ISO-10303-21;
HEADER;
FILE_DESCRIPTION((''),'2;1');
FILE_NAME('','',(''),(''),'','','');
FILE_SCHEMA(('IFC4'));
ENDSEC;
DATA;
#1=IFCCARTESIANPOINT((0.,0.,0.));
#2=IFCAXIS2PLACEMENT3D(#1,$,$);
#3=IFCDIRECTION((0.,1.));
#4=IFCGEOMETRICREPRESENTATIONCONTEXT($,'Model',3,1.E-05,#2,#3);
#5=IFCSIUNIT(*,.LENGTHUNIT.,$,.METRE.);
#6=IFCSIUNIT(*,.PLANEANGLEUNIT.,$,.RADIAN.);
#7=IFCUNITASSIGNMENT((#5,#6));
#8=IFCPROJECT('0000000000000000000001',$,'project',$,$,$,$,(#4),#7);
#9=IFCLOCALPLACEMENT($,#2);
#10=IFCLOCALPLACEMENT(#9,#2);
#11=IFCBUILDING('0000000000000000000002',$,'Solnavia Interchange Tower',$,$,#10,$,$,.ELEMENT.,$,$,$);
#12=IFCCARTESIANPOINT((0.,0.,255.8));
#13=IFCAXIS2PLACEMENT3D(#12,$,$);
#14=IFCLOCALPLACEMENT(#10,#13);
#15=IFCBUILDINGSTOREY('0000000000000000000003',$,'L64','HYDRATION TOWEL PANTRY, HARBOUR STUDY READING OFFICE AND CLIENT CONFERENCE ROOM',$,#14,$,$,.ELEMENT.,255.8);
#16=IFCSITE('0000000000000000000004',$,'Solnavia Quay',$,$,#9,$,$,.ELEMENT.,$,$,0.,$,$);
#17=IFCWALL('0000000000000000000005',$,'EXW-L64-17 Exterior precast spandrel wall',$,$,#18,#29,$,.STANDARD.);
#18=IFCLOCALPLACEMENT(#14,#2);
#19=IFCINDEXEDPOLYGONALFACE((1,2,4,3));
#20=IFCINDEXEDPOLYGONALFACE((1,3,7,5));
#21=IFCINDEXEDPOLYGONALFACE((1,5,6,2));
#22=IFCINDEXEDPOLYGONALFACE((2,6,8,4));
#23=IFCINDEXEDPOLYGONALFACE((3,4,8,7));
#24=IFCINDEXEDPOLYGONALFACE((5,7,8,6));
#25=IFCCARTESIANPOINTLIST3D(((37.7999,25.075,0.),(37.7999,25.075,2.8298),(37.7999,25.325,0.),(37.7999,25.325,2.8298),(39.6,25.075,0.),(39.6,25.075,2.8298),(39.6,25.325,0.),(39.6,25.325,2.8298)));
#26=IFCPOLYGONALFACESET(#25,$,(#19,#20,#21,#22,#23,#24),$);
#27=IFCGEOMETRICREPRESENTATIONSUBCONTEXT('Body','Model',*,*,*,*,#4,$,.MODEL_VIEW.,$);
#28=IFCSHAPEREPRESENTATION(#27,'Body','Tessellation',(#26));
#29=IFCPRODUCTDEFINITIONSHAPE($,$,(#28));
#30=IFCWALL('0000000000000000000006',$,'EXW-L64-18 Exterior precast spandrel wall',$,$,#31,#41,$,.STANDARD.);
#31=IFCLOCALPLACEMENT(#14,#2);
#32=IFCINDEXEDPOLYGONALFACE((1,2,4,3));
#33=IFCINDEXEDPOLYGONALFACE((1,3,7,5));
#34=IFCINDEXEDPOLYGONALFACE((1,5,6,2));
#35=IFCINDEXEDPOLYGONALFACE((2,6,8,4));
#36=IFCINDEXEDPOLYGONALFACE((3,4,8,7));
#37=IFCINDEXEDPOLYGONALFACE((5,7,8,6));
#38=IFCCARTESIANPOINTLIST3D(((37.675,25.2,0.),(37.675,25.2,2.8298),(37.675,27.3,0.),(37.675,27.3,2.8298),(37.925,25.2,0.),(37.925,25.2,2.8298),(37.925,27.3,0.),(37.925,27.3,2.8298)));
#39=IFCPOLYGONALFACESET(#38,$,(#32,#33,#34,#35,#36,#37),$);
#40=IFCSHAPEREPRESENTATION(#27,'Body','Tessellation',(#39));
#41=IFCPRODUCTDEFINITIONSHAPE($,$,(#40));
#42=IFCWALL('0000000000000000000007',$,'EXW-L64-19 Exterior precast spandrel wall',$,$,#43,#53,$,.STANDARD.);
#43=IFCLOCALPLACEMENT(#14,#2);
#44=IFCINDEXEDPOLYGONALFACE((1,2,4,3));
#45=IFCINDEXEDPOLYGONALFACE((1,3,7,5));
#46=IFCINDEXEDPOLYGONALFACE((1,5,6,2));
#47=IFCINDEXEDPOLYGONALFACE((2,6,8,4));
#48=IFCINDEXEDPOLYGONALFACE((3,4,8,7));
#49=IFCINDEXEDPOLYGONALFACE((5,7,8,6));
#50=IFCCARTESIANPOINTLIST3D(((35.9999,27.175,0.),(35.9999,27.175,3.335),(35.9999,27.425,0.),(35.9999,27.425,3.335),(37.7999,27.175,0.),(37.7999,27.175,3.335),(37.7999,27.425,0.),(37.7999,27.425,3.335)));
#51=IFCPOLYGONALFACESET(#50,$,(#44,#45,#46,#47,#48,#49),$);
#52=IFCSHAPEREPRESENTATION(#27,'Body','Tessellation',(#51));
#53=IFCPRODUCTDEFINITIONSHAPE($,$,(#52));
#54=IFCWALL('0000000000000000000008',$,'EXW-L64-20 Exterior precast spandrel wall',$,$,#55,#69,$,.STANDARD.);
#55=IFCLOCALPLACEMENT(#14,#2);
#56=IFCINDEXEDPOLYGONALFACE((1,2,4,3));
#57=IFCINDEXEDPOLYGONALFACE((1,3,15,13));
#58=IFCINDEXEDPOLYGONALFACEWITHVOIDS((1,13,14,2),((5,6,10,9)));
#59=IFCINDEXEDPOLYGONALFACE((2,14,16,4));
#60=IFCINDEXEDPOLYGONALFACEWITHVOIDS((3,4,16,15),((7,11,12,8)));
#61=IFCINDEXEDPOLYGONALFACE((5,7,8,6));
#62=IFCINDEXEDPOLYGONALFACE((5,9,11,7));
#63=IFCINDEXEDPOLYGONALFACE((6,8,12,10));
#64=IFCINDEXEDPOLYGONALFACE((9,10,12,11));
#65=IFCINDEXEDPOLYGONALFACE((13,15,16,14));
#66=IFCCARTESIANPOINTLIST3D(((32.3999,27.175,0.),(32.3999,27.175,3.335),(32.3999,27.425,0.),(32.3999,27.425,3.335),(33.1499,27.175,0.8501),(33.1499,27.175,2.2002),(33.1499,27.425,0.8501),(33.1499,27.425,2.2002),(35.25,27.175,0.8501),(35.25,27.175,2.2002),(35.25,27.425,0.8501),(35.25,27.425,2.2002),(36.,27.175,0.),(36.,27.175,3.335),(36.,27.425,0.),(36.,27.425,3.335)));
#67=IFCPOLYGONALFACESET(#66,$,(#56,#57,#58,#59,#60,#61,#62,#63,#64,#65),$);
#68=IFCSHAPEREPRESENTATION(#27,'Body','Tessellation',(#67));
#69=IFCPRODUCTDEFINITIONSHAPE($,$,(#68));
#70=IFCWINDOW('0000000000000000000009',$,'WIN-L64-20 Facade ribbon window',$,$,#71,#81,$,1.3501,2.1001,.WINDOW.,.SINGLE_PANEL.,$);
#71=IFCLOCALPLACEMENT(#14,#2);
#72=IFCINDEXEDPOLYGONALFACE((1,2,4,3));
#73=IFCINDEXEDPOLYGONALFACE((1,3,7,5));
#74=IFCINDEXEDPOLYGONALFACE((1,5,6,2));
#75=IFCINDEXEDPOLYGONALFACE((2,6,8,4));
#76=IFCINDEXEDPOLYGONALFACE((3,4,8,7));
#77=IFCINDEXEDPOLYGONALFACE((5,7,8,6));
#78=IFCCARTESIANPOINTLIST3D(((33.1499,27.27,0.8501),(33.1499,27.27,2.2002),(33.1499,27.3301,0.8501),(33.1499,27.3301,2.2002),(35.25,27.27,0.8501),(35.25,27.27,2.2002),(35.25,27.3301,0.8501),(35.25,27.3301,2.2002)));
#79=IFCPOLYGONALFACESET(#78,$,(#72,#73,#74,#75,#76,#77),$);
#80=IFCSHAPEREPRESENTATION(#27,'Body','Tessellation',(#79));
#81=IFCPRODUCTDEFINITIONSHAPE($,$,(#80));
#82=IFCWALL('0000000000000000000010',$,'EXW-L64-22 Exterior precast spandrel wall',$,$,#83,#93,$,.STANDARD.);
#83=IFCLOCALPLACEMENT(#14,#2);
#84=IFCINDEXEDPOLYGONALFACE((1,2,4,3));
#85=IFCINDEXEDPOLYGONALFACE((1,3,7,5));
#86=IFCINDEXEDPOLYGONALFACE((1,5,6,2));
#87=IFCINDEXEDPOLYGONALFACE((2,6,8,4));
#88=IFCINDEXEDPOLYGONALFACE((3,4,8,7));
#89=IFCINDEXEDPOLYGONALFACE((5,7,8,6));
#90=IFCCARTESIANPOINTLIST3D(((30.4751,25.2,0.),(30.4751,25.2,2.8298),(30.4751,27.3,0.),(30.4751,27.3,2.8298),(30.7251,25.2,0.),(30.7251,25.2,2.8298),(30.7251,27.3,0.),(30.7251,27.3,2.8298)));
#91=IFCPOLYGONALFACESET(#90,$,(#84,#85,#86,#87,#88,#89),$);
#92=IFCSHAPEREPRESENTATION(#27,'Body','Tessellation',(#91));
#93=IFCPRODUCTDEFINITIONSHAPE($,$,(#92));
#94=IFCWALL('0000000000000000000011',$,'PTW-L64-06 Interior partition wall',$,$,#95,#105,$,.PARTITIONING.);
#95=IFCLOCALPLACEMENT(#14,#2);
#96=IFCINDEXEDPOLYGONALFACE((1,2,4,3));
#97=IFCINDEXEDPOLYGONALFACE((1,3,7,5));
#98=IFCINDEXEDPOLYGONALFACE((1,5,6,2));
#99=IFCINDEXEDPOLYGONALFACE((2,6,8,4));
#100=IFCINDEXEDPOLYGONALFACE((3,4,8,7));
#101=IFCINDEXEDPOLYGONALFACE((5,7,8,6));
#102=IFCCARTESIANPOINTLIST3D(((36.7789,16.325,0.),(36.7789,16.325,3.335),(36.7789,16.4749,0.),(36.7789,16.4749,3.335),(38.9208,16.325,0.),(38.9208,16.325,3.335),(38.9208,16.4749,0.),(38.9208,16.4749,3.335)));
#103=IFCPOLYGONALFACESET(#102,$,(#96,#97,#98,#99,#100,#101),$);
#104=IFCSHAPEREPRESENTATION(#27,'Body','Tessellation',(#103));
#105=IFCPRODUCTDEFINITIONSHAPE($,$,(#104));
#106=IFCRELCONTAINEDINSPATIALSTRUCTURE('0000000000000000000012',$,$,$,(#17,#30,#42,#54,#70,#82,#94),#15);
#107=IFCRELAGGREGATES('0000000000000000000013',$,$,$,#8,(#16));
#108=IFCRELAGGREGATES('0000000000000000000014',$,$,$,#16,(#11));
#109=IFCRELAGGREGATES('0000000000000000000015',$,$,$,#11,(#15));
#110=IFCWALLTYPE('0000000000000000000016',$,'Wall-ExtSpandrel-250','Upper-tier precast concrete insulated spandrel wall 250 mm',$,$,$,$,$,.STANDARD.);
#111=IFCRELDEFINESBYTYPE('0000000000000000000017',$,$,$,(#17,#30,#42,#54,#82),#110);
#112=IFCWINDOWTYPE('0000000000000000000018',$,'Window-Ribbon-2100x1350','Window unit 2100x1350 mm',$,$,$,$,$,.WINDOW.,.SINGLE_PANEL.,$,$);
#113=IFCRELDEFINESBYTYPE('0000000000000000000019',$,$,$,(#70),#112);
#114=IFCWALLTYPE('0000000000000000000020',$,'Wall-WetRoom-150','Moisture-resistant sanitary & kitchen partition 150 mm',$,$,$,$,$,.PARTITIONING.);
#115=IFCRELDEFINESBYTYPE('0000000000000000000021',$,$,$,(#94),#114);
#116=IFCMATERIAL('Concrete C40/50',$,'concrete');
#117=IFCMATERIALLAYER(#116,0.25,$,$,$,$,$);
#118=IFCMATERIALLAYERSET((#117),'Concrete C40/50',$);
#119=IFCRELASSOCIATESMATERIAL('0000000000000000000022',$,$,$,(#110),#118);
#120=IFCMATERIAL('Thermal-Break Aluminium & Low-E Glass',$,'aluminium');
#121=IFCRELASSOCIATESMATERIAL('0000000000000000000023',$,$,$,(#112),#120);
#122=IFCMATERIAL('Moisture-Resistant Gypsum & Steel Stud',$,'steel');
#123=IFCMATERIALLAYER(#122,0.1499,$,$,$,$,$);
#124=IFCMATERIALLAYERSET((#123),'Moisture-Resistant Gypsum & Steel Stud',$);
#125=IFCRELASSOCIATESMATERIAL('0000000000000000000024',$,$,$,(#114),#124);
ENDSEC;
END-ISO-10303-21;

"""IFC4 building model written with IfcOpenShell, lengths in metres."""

from ifc_helpers import new_model, si_unit, direction, frame, frame_2d, origin, place, context, subcontext, project, spatial, rectangle, extrude, material, layer, layer_set, type_object, element, fill, save


model = new_model("IFC4")

# Units and contexts
model_context = context("Model", 3, precision=1e-05, world=origin(), true_north=direction((0.0, 1.0)))
body_context = subcontext(model_context, "Body", "Model", "MODEL_VIEW")
ifc_project = project(units=[si_unit("LENGTHUNIT", "METRE"), si_unit("PLANEANGLEUNIT", "RADIAN")], contexts=[model_context])

# Site, building, storey
site_placement = place(None, origin())
site = spatial("IfcSite", under=ifc_project, at=site_placement, Name="Solnavia Quay", CompositionType="ELEMENT", RefElevation=0.0)
building_placement = place(site_placement, origin())
building = spatial("IfcBuilding", under=site, at=building_placement, Name="Solnavia Interchange Tower", CompositionType="ELEMENT")
storey_placement = place(building_placement, frame((0.0, 0.0, 255.8)))
storey = spatial("IfcBuildingStorey", under=building, at=storey_placement, Name="L64", Description="HYDRATION TOWEL PANTRY, HARBOUR STUDY READING OFFICE AND CLIENT CONFERENCE ROOM", CompositionType="ELEMENT", Elevation=255.8)

# Shared definitions
ifc_material_1 = material(Name="Concrete C40/50", Category="concrete")
ifc_layer_1 = layer(ifc_material_1, 0.25)
ifc_layer_set_1 = layer_set([ifc_layer_1], Name="Concrete C40/50")
wall_type_1 = type_object("IfcWallType", Name="Wall-ExtSpandrel-250", Description="Upper-tier precast concrete insulated spandrel wall 250 mm", PredefinedType="STANDARD", material=ifc_layer_set_1)

# Shared definitions
ifc_material_2 = material(Name="Thermal-Break Aluminium & Low-E Glass", Category="aluminium")
window_type = type_object("IfcWindowType", Name="Window-Ribbon-2100x1350", Description="Window unit 2100x1350 mm", PartitioningType="SINGLE_PANEL", PredefinedType="WINDOW", material=ifc_material_2)

# Walls
for number, where, z_axis, x_axis, name in (
    (1, (37.8, 25.2, 0.0), (0.0, 0.0, 1.0), (1.0, 0.0, 0.0), "EXW-L64-17 Exterior precast spandrel wall"),
):
    element("IfcWall", number, at=place(storey_placement, frame(where, z_axis=z_axis, x_axis=x_axis)), inside=storey, type_object=wall_type_1, Name=name, PredefinedType="STANDARD", context=body_context, shape_type="SweptSolid", body=[
        extrude(rectangle(XDim=1.8, YDim=0.25, at=frame_2d((0.8999, 0.0))), origin(), (0.0, 0.0, 1.0), 2.8298),
    ])
wall_1_placement = place(storey_placement, frame((37.8, 27.3, 0.0), z_axis=(0.0, 0.0, 1.0), x_axis=(0.0, -1.0, 0.0)))
element("IfcWall", 2, at=wall_1_placement, inside=storey, type_object=wall_type_1, Name="EXW-L64-18 Exterior precast spandrel wall", PredefinedType="STANDARD", context=body_context, shape_type="SweptSolid", body=[
    extrude(rectangle(XDim=2.1001, YDim=0.25, at=frame_2d((1.05, 0.0))), origin(), (0.0, 0.0, 1.0), 2.8298),
])
wall_2_placement = place(storey_placement, frame((36.0, 27.3, 0.0), z_axis=(0.0, 0.0, 1.0), x_axis=(1.0, 0.0, 0.0)))
element("IfcWall", 3, at=wall_2_placement, inside=storey, type_object=wall_type_1, Name="EXW-L64-19 Exterior precast spandrel wall", PredefinedType="STANDARD", context=body_context, shape_type="SweptSolid", body=[
    extrude(rectangle(XDim=1.8, YDim=0.25, at=frame_2d((0.8999, 0.0))), origin(), (0.0, 0.0, 1.0), 3.335),
])

# Wall, opening, window
wall_3_placement = place(storey_placement, frame((32.3999, 27.3, 0.0), z_axis=(0.0, 0.0, 1.0), x_axis=(1.0, 0.0, 0.0)))
wall_3 = element("IfcWall", 4, at=wall_3_placement, inside=storey, type_object=wall_type_1, Name="EXW-L64-20 Exterior precast spandrel wall", PredefinedType="STANDARD", context=body_context, shape_type="SweptSolid", body=[
    extrude(rectangle(XDim=3.6001, YDim=0.25, at=frame_2d((1.8, 0.0))), origin(), (0.0, 0.0, 1.0), 3.335),
])
opening_1_placement = place(wall_3_placement, frame((0.75, 0.0, 0.8501)))
opening_1 = element("IfcOpeningElement", 5, at=opening_1_placement, cuts=wall_3, PredefinedType="OPENING", context=body_context, shape_type="SweptSolid", body=[
    extrude(rectangle(XDim=2.1001, YDim=1.3501, at=frame_2d((1.05, 0.675))), frame((0.0, 0.135, 0.0), z_axis=(0.0, -1.0, 0.0), x_axis=(1.0, 0.0, 0.0)), (0.0, 0.0, 1.0), 0.27),
])
window_1_placement = place(opening_1_placement, origin())
window_1 = element("IfcWindow", 6, at=window_1_placement, inside=storey, type_object=window_type, Name="WIN-L64-20 Facade ribbon window", OverallHeight=1.3501, OverallWidth=2.1001, PartitioningType="SINGLE_PANEL", PredefinedType="WINDOW", context=body_context, shape_type="SweptSolid", body=[
    extrude(rectangle(XDim=2.1001, YDim=1.3501, at=frame_2d((1.05, 0.675))), frame((0.0, 0.03, 0.0), z_axis=(0.0, -1.0, 0.0), x_axis=(1.0, 0.0, 0.0)), (0.0, 0.0, 1.0), 0.0601),
])
fill(opening_1, window_1)

# Walls
wall_4_placement = place(storey_placement, frame((30.6001, 27.3, 0.0), z_axis=(0.0, 0.0, 1.0), x_axis=(0.0, -1.0, 0.0)))
element("IfcWall", 7, at=wall_4_placement, inside=storey, type_object=wall_type_1, Name="EXW-L64-22 Exterior precast spandrel wall", PredefinedType="STANDARD", context=body_context, shape_type="SweptSolid", body=[
    extrude(rectangle(XDim=2.1001, YDim=0.25, at=frame_2d((1.05, 0.0))), origin(), (0.0, 0.0, 1.0), 2.8298),
])
ifc_material_3 = material(Name="Moisture-Resistant Gypsum & Steel Stud", Category="steel")
ifc_layer_2 = layer(ifc_material_3, 0.1499)
ifc_layer_set_2 = layer_set([ifc_layer_2], Name="Moisture-Resistant Gypsum & Steel Stud")
wall_type_2 = type_object("IfcWallType", Name="Wall-WetRoom-150", Description="Moisture-resistant sanitary & kitchen partition 150 mm", PredefinedType="PARTITIONING", material=ifc_layer_set_2)
wall_5_placement = place(storey_placement, frame((36.7791, 16.3999, 0.0), z_axis=(0.0, 0.0, 1.0), x_axis=(1.0, 0.0, 0.0)))
element("IfcWall", 8, at=wall_5_placement, inside=storey, type_object=wall_type_2, Name="PTW-L64-06 Interior partition wall", PredefinedType="PARTITIONING", context=body_context, shape_type="SweptSolid", body=[
    extrude(rectangle(XDim=2.1418, YDim=0.1499, at=frame_2d((1.0708, 0.0))), origin(), (0.0, 0.0, 1.0), 3.335),
])

save(model, "model.ifc")
